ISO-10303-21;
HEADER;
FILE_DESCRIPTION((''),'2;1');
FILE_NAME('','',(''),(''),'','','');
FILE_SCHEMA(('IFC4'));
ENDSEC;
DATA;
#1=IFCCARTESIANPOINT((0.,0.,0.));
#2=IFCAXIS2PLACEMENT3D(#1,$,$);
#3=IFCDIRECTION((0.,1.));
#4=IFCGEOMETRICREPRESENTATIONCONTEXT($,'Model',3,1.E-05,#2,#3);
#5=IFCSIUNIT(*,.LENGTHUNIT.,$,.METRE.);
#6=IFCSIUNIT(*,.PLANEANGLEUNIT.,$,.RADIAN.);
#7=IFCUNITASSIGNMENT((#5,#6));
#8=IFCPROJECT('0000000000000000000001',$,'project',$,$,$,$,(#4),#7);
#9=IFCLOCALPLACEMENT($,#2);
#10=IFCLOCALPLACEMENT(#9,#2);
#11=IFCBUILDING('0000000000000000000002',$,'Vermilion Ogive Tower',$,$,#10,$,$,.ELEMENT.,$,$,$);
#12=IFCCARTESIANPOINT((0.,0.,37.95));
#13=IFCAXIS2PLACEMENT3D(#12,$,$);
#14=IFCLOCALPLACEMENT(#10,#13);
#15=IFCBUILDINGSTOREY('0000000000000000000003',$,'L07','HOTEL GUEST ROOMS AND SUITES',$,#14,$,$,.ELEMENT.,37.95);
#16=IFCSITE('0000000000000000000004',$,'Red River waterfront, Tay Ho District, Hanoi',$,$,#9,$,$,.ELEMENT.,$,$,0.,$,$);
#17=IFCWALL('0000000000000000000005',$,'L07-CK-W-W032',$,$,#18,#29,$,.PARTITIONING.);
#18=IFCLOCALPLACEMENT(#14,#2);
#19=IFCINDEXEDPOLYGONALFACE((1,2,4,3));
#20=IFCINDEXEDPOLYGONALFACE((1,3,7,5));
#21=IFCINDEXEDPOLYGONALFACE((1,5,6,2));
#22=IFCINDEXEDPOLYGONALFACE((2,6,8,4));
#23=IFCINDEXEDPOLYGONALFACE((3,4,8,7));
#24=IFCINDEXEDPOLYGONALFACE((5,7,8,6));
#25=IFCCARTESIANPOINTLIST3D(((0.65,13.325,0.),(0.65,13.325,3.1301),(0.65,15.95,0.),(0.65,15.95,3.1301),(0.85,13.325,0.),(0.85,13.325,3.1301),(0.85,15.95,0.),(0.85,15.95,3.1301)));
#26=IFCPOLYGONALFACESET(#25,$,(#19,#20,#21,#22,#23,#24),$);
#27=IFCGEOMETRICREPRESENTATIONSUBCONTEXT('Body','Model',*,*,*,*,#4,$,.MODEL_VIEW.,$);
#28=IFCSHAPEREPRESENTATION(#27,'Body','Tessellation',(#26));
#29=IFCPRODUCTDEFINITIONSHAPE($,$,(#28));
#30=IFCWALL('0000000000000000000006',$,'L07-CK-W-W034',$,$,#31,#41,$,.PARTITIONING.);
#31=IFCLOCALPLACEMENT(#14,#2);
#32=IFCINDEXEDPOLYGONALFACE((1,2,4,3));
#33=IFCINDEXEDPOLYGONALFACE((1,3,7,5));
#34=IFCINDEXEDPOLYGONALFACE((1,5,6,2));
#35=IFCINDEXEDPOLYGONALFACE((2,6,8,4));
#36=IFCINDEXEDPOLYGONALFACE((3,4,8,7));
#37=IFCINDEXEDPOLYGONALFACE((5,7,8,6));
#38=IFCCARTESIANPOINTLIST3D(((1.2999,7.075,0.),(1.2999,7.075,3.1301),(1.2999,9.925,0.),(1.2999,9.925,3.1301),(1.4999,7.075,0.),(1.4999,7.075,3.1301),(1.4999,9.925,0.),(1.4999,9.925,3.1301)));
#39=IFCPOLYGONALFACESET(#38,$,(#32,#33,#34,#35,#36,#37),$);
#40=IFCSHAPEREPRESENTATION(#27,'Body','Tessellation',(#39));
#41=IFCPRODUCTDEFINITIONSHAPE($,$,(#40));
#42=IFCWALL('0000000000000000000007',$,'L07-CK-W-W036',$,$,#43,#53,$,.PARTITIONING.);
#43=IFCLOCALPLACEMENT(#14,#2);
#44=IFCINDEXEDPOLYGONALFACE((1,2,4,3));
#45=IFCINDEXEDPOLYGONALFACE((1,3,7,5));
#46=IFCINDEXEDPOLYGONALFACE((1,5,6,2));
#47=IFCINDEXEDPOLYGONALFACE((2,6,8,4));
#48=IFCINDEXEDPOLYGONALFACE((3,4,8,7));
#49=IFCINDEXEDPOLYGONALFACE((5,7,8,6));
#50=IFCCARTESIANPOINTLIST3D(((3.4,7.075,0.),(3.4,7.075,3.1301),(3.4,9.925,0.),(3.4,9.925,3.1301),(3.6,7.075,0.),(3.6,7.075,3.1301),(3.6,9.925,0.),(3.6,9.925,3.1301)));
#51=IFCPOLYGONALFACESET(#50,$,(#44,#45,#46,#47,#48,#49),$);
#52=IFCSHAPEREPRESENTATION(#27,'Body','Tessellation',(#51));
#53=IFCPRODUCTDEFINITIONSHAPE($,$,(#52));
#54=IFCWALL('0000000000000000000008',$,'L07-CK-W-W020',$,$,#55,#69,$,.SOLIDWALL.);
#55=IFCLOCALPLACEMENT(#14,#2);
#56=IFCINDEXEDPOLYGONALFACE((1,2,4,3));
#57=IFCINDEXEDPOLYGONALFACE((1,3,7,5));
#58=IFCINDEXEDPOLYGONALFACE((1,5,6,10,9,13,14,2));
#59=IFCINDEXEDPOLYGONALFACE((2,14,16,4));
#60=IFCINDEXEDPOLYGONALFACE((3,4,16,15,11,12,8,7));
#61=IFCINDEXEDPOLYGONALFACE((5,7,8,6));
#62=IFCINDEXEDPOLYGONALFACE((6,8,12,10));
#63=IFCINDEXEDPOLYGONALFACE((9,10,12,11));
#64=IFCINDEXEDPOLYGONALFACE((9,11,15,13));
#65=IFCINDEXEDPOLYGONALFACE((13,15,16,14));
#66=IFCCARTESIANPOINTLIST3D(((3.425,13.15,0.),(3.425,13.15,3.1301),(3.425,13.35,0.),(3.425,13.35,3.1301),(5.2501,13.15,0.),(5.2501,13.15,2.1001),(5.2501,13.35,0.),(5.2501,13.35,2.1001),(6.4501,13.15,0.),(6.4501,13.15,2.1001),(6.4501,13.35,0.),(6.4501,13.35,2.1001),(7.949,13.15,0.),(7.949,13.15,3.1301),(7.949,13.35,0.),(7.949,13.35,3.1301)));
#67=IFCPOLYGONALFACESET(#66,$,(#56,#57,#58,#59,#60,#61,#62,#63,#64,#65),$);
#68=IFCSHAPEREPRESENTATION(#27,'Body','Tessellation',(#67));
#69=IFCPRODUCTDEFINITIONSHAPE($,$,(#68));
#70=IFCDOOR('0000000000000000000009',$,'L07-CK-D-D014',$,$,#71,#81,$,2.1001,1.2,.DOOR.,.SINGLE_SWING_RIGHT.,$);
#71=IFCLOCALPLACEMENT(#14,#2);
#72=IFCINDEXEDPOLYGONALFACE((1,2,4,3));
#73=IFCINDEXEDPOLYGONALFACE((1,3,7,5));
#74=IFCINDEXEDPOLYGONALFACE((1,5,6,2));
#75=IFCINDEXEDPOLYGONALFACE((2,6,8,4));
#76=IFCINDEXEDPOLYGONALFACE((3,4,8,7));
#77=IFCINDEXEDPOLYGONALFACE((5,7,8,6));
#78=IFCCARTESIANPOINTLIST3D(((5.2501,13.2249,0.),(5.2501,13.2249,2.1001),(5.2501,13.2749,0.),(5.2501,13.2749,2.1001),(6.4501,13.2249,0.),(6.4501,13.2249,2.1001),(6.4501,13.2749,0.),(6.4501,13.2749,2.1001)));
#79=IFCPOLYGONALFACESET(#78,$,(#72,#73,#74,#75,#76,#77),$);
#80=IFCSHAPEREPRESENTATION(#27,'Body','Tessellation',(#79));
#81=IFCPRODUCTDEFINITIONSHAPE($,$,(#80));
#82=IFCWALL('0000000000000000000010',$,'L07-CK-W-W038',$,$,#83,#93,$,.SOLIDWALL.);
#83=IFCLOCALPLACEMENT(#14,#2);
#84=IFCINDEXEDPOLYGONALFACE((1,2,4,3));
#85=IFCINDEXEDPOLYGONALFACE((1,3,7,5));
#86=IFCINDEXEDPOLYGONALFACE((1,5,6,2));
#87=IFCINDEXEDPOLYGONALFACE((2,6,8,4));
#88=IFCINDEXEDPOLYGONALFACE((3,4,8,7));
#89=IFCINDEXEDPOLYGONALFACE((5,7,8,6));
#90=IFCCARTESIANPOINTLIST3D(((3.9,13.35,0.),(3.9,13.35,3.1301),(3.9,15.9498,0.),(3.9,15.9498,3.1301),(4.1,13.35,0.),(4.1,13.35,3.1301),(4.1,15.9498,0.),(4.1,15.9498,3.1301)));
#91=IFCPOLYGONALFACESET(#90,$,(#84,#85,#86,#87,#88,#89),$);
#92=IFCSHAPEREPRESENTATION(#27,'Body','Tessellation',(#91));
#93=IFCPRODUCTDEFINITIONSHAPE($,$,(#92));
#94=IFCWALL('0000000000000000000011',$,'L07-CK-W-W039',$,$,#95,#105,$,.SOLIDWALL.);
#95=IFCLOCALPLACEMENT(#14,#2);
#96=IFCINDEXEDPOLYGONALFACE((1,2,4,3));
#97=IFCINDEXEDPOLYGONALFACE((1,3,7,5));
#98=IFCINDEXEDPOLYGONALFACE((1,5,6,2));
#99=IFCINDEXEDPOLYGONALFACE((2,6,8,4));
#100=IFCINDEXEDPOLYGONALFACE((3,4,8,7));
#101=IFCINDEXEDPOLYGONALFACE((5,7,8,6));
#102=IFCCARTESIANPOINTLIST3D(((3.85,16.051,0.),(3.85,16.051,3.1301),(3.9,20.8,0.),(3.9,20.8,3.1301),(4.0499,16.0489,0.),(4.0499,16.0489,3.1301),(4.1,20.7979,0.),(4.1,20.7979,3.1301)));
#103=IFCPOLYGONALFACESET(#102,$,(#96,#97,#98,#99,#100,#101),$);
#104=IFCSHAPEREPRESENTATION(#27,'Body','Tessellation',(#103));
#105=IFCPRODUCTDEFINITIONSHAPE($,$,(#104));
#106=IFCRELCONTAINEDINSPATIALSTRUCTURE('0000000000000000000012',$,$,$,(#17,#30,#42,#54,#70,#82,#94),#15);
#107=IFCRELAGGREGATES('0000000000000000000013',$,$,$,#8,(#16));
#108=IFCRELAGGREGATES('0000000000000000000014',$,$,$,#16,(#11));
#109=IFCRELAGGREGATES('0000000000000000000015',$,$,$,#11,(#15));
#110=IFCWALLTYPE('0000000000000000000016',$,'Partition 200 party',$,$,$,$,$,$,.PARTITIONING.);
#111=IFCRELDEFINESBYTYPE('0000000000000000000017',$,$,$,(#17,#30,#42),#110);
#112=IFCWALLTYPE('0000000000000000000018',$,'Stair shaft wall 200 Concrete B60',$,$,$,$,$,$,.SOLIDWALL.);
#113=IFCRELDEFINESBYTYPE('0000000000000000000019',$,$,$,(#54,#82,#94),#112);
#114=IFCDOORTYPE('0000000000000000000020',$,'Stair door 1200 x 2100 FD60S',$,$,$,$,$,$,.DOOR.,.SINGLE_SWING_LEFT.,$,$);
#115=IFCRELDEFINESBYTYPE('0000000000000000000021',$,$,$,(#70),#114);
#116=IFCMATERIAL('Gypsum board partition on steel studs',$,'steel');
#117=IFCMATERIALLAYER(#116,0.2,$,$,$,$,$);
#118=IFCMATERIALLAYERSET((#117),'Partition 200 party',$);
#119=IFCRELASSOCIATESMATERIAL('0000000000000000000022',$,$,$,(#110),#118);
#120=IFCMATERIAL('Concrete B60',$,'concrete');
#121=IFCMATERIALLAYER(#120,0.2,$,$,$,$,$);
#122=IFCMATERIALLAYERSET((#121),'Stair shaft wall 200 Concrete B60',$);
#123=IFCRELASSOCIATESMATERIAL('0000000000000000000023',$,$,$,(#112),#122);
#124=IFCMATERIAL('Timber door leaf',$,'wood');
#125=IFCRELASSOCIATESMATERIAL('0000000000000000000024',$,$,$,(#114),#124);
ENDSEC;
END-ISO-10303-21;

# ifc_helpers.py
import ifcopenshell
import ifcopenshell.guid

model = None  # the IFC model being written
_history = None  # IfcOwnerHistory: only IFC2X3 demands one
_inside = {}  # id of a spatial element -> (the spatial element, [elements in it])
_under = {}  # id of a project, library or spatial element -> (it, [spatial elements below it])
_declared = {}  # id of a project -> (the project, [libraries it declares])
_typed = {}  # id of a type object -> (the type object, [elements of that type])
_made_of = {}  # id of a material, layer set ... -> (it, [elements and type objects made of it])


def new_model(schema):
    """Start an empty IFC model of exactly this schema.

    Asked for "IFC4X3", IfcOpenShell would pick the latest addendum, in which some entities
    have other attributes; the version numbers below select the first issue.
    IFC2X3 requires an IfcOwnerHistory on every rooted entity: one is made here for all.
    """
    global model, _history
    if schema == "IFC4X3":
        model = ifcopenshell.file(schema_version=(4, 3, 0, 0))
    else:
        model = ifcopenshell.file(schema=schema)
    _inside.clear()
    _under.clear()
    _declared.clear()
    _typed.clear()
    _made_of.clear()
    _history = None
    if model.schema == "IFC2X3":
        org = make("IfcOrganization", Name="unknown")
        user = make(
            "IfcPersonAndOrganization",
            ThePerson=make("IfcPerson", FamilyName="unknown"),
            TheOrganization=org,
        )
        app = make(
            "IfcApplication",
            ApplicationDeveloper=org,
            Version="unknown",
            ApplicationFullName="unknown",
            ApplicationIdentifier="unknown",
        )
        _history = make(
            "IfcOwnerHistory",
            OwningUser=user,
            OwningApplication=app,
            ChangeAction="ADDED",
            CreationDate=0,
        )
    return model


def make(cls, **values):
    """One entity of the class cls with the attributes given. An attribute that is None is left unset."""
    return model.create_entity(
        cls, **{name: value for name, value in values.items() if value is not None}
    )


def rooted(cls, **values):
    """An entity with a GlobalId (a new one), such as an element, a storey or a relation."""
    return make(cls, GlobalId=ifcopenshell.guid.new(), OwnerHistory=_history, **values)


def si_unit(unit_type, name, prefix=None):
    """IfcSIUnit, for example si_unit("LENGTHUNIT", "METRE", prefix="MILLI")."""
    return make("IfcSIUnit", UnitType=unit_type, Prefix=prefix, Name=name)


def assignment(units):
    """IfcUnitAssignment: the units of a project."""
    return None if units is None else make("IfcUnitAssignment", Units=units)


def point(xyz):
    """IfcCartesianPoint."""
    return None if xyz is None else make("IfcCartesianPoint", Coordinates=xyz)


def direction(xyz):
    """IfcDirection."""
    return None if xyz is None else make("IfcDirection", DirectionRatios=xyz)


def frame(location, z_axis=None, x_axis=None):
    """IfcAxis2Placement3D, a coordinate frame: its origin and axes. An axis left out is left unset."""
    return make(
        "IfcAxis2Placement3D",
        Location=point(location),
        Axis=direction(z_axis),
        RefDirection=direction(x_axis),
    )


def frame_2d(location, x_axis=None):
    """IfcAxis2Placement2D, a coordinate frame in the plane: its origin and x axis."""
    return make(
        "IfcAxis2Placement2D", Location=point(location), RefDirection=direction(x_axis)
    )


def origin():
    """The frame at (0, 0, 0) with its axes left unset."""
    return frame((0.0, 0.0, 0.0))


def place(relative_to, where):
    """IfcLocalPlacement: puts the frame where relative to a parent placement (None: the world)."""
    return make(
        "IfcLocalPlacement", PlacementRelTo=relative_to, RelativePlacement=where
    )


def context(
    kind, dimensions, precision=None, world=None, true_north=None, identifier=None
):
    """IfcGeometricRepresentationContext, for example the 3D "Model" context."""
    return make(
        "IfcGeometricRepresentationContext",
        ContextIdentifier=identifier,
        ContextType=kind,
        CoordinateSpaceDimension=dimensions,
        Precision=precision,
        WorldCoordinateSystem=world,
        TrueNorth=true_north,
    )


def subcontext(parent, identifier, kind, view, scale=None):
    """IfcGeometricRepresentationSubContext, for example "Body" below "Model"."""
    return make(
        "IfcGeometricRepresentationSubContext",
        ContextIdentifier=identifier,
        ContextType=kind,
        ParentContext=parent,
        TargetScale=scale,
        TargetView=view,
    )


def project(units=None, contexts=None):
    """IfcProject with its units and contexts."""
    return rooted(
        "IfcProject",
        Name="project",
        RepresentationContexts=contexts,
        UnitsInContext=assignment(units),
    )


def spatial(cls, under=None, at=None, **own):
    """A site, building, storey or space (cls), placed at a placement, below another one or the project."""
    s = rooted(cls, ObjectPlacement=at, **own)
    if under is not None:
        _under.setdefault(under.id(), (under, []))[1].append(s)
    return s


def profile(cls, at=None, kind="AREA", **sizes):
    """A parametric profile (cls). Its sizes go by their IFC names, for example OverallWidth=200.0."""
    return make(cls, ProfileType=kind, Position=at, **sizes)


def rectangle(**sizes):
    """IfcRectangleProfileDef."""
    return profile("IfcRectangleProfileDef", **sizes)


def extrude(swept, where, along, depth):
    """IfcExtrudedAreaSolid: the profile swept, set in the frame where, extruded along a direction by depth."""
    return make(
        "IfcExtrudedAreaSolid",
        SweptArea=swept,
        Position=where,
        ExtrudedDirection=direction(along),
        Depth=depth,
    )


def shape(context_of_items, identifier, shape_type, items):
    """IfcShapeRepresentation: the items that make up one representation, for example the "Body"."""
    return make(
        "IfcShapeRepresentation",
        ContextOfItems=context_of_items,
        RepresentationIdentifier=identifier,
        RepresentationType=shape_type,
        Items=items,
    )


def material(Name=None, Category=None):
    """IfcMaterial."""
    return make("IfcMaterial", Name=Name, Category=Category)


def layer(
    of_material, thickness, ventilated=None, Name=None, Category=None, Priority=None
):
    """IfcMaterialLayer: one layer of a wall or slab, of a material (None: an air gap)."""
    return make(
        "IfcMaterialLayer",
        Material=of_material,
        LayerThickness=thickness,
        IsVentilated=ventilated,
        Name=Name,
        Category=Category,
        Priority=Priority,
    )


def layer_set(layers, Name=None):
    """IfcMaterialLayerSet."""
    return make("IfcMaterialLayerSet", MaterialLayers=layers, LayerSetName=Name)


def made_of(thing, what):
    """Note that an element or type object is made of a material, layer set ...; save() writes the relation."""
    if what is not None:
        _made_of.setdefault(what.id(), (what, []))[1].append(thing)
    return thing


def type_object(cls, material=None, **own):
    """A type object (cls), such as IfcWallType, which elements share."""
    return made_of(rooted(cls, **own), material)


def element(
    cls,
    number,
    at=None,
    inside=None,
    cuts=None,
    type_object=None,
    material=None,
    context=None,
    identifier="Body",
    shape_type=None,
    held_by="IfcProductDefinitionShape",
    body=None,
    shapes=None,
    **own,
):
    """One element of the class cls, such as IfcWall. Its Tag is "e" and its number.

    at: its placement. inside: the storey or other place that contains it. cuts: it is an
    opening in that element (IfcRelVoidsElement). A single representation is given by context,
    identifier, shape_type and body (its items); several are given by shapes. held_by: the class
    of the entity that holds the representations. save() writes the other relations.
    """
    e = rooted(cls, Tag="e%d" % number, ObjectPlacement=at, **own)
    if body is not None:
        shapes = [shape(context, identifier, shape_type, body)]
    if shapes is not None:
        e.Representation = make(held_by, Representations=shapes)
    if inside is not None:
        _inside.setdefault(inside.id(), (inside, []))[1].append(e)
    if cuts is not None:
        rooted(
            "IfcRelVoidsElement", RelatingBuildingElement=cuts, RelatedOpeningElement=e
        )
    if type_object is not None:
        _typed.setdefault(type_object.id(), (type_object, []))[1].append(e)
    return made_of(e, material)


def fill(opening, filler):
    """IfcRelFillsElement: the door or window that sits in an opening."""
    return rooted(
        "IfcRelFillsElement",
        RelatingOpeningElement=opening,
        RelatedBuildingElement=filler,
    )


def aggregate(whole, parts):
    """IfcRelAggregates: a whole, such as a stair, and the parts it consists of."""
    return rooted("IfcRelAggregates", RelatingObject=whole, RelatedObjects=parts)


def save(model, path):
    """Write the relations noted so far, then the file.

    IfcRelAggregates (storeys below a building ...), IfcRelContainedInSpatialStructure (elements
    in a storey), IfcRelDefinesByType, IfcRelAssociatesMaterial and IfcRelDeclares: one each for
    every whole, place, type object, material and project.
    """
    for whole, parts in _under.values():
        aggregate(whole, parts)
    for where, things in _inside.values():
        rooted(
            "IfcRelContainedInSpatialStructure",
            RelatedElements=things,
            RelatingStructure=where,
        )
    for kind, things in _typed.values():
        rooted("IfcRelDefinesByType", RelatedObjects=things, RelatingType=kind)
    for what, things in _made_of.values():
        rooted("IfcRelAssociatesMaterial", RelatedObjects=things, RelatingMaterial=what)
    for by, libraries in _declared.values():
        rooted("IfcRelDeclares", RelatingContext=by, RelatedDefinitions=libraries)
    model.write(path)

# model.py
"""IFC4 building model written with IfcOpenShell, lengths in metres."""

from ifc_helpers import new_model, si_unit, direction, frame, frame_2d, origin, place, context, subcontext, project, spatial, rectangle, extrude, material, layer, layer_set, type_object, element, fill, save


model = new_model("IFC4")

# Units and contexts
model_context = context("Model", 3, precision=1e-05, world=origin(), true_north=direction((0.0, 1.0)))
body_context = subcontext(model_context, "Body", "Model", "MODEL_VIEW")
ifc_project = project(units=[si_unit("LENGTHUNIT", "METRE"), si_unit("PLANEANGLEUNIT", "RADIAN")], contexts=[model_context])

# Site, building, storey
site_placement = place(None, origin())
site = spatial("IfcSite", under=ifc_project, at=site_placement, Name="Red River waterfront, Tay Ho District, Hanoi", CompositionType="ELEMENT", RefElevation=0.0)
building_placement = place(site_placement, origin())
building = spatial("IfcBuilding", under=site, at=building_placement, Name="Vermilion Ogive Tower", CompositionType="ELEMENT")
storey_placement = place(building_placement, frame((0.0, 0.0, 37.95)))
storey = spatial("IfcBuildingStorey", under=building, at=storey_placement, Name="L07", Description="HOTEL GUEST ROOMS AND SUITES", CompositionType="ELEMENT", Elevation=37.95)

# Shared definitions
ifc_material_1 = material(Name="Gypsum board partition on steel studs", Category="steel")
ifc_layer_1 = layer(ifc_material_1, 0.2)
ifc_layer_set_1 = layer_set([ifc_layer_1], Name="Partition 200 party")
wall_type_1 = type_object("IfcWallType", Name="Partition 200 party", PredefinedType="PARTITIONING", material=ifc_layer_set_1)

# Walls
wall_1_placement = place(storey_placement, frame((0.75, 13.325, 0.0), z_axis=(0.0, 0.0, 1.0), x_axis=(0.0, 1.0, 0.0)))
element("IfcWall", 1, at=wall_1_placement, inside=storey, type_object=wall_type_1, Name="L07-CK-W-W032", PredefinedType="PARTITIONING", context=body_context, shape_type="SweptSolid", body=[
    extrude(rectangle(XDim=2.625, YDim=0.2, at=frame_2d((1.3125, 0.0))), origin(), (0.0, 0.0, 1.0), 3.1301),
])
for number, where, z_axis, x_axis, name in (
    (2, (1.3999, 7.075, 0.0), (0.0, 0.0, 1.0), (0.0, 1.0, 0.0), "L07-CK-W-W034"),
    (3, (3.5, 7.075, 0.0), (0.0, 0.0, 1.0), (0.0, 1.0, 0.0), "L07-CK-W-W036"),
):
    element("IfcWall", number, at=place(storey_placement, frame(where, z_axis=z_axis, x_axis=x_axis)), inside=storey, type_object=wall_type_1, Name=name, PredefinedType="PARTITIONING", context=body_context, shape_type="SweptSolid", body=[
        extrude(rectangle(XDim=2.8501, YDim=0.2, at=frame_2d((1.425, 0.0))), origin(), (0.0, 0.0, 1.0), 3.1301),
    ])

# Wall, opening, door
ifc_material_2 = material(Name="Concrete B60", Category="concrete")
ifc_layer_2 = layer(ifc_material_2, 0.2)
ifc_layer_set_2 = layer_set([ifc_layer_2], Name="Stair shaft wall 200 Concrete B60")
wall_type_2 = type_object("IfcWallType", Name="Stair shaft wall 200 Concrete B60", PredefinedType="SOLIDWALL", material=ifc_layer_set_2)
wall_2_placement = place(storey_placement, frame((3.425, 13.25, 0.0), z_axis=(0.0, 0.0, 1.0), x_axis=(1.0, 0.0, 0.0)))
wall_2 = element("IfcWall", 4, at=wall_2_placement, inside=storey, type_object=wall_type_2, Name="L07-CK-W-W020", PredefinedType="SOLIDWALL", context=body_context, shape_type="SweptSolid", body=[
    extrude(rectangle(XDim=4.5239, YDim=0.2, at=frame_2d((2.262, 0.0))), origin(), (0.0, 0.0, 1.0), 3.1301),
])
opening_1_placement = place(wall_2_placement, frame((1.825, 0.0, 0.0)))
opening_1 = element("IfcOpeningElement", 5, at=opening_1_placement, cuts=wall_2, PredefinedType="OPENING", context=body_context, shape_type="SweptSolid", body=[
    extrude(rectangle(XDim=1.2, YDim=2.1001, at=frame_2d((0.6001, 1.05))), frame((0.0, 0.1099, 0.0), z_axis=(0.0, -1.0, 0.0), x_axis=(1.0, 0.0, 0.0)), (0.0, 0.0, 1.0), 0.22),
])
ifc_material_3 = material(Name="Timber door leaf", Category="wood")
door_type_1 = type_object("IfcDoorType", Name="Stair door 1200 x 2100 FD60S", OperationType="SINGLE_SWING_LEFT", PredefinedType="DOOR", material=ifc_material_3)
door_1_placement = place(opening_1_placement, origin())
door_1 = element("IfcDoor", 6, at=door_1_placement, inside=storey, type_object=door_type_1, Name="L07-CK-D-D014", OperationType="SINGLE_SWING_RIGHT", OverallHeight=2.1001, OverallWidth=1.2, PredefinedType="DOOR", context=body_context, shape_type="SweptSolid", body=[
    extrude(rectangle(XDim=1.2, YDim=2.1001, at=frame_2d((0.6001, 1.05))), frame((0.0, 0.0249, 0.0), z_axis=(0.0, -1.0, 0.0), x_axis=(1.0, 0.0, 0.0)), (0.0, 0.0, 1.0), 0.05),
])
fill(opening_1, door_1)

# Walls
wall_3_placement = place(storey_placement, frame((4.0, 13.3501, 0.0), z_axis=(0.0, 0.0, 1.0), x_axis=(0.0, 1.0, 0.0)))
element("IfcWall", 7, at=wall_3_placement, inside=storey, type_object=wall_type_2, Name="L07-CK-W-W038", PredefinedType="SOLIDWALL", context=body_context, shape_type="SweptSolid", body=[
    extrude(rectangle(XDim=2.5999, YDim=0.2, at=frame_2d((1.2998, 0.0))), origin(), (0.0, 0.0, 1.0), 3.1301),
])
wall_4_placement = place(storey_placement, frame((3.95, 16.05, 0.0), z_axis=(0.0, 0.0, 1.0), x_axis=(0.010538, 0.999944, 0.0)))
element("IfcWall", 8, at=wall_4_placement, inside=storey, type_object=wall_type_2, Name="L07-CK-W-W039", PredefinedType="SOLIDWALL", context=body_context, shape_type="SweptSolid", body=[
    extrude(rectangle(XDim=4.7493, YDim=0.2, at=frame_2d((2.3745, 0.0))), origin(), (0.0, 0.0, 1.0), 3.1301),
])

save(model, "model.ifc")
